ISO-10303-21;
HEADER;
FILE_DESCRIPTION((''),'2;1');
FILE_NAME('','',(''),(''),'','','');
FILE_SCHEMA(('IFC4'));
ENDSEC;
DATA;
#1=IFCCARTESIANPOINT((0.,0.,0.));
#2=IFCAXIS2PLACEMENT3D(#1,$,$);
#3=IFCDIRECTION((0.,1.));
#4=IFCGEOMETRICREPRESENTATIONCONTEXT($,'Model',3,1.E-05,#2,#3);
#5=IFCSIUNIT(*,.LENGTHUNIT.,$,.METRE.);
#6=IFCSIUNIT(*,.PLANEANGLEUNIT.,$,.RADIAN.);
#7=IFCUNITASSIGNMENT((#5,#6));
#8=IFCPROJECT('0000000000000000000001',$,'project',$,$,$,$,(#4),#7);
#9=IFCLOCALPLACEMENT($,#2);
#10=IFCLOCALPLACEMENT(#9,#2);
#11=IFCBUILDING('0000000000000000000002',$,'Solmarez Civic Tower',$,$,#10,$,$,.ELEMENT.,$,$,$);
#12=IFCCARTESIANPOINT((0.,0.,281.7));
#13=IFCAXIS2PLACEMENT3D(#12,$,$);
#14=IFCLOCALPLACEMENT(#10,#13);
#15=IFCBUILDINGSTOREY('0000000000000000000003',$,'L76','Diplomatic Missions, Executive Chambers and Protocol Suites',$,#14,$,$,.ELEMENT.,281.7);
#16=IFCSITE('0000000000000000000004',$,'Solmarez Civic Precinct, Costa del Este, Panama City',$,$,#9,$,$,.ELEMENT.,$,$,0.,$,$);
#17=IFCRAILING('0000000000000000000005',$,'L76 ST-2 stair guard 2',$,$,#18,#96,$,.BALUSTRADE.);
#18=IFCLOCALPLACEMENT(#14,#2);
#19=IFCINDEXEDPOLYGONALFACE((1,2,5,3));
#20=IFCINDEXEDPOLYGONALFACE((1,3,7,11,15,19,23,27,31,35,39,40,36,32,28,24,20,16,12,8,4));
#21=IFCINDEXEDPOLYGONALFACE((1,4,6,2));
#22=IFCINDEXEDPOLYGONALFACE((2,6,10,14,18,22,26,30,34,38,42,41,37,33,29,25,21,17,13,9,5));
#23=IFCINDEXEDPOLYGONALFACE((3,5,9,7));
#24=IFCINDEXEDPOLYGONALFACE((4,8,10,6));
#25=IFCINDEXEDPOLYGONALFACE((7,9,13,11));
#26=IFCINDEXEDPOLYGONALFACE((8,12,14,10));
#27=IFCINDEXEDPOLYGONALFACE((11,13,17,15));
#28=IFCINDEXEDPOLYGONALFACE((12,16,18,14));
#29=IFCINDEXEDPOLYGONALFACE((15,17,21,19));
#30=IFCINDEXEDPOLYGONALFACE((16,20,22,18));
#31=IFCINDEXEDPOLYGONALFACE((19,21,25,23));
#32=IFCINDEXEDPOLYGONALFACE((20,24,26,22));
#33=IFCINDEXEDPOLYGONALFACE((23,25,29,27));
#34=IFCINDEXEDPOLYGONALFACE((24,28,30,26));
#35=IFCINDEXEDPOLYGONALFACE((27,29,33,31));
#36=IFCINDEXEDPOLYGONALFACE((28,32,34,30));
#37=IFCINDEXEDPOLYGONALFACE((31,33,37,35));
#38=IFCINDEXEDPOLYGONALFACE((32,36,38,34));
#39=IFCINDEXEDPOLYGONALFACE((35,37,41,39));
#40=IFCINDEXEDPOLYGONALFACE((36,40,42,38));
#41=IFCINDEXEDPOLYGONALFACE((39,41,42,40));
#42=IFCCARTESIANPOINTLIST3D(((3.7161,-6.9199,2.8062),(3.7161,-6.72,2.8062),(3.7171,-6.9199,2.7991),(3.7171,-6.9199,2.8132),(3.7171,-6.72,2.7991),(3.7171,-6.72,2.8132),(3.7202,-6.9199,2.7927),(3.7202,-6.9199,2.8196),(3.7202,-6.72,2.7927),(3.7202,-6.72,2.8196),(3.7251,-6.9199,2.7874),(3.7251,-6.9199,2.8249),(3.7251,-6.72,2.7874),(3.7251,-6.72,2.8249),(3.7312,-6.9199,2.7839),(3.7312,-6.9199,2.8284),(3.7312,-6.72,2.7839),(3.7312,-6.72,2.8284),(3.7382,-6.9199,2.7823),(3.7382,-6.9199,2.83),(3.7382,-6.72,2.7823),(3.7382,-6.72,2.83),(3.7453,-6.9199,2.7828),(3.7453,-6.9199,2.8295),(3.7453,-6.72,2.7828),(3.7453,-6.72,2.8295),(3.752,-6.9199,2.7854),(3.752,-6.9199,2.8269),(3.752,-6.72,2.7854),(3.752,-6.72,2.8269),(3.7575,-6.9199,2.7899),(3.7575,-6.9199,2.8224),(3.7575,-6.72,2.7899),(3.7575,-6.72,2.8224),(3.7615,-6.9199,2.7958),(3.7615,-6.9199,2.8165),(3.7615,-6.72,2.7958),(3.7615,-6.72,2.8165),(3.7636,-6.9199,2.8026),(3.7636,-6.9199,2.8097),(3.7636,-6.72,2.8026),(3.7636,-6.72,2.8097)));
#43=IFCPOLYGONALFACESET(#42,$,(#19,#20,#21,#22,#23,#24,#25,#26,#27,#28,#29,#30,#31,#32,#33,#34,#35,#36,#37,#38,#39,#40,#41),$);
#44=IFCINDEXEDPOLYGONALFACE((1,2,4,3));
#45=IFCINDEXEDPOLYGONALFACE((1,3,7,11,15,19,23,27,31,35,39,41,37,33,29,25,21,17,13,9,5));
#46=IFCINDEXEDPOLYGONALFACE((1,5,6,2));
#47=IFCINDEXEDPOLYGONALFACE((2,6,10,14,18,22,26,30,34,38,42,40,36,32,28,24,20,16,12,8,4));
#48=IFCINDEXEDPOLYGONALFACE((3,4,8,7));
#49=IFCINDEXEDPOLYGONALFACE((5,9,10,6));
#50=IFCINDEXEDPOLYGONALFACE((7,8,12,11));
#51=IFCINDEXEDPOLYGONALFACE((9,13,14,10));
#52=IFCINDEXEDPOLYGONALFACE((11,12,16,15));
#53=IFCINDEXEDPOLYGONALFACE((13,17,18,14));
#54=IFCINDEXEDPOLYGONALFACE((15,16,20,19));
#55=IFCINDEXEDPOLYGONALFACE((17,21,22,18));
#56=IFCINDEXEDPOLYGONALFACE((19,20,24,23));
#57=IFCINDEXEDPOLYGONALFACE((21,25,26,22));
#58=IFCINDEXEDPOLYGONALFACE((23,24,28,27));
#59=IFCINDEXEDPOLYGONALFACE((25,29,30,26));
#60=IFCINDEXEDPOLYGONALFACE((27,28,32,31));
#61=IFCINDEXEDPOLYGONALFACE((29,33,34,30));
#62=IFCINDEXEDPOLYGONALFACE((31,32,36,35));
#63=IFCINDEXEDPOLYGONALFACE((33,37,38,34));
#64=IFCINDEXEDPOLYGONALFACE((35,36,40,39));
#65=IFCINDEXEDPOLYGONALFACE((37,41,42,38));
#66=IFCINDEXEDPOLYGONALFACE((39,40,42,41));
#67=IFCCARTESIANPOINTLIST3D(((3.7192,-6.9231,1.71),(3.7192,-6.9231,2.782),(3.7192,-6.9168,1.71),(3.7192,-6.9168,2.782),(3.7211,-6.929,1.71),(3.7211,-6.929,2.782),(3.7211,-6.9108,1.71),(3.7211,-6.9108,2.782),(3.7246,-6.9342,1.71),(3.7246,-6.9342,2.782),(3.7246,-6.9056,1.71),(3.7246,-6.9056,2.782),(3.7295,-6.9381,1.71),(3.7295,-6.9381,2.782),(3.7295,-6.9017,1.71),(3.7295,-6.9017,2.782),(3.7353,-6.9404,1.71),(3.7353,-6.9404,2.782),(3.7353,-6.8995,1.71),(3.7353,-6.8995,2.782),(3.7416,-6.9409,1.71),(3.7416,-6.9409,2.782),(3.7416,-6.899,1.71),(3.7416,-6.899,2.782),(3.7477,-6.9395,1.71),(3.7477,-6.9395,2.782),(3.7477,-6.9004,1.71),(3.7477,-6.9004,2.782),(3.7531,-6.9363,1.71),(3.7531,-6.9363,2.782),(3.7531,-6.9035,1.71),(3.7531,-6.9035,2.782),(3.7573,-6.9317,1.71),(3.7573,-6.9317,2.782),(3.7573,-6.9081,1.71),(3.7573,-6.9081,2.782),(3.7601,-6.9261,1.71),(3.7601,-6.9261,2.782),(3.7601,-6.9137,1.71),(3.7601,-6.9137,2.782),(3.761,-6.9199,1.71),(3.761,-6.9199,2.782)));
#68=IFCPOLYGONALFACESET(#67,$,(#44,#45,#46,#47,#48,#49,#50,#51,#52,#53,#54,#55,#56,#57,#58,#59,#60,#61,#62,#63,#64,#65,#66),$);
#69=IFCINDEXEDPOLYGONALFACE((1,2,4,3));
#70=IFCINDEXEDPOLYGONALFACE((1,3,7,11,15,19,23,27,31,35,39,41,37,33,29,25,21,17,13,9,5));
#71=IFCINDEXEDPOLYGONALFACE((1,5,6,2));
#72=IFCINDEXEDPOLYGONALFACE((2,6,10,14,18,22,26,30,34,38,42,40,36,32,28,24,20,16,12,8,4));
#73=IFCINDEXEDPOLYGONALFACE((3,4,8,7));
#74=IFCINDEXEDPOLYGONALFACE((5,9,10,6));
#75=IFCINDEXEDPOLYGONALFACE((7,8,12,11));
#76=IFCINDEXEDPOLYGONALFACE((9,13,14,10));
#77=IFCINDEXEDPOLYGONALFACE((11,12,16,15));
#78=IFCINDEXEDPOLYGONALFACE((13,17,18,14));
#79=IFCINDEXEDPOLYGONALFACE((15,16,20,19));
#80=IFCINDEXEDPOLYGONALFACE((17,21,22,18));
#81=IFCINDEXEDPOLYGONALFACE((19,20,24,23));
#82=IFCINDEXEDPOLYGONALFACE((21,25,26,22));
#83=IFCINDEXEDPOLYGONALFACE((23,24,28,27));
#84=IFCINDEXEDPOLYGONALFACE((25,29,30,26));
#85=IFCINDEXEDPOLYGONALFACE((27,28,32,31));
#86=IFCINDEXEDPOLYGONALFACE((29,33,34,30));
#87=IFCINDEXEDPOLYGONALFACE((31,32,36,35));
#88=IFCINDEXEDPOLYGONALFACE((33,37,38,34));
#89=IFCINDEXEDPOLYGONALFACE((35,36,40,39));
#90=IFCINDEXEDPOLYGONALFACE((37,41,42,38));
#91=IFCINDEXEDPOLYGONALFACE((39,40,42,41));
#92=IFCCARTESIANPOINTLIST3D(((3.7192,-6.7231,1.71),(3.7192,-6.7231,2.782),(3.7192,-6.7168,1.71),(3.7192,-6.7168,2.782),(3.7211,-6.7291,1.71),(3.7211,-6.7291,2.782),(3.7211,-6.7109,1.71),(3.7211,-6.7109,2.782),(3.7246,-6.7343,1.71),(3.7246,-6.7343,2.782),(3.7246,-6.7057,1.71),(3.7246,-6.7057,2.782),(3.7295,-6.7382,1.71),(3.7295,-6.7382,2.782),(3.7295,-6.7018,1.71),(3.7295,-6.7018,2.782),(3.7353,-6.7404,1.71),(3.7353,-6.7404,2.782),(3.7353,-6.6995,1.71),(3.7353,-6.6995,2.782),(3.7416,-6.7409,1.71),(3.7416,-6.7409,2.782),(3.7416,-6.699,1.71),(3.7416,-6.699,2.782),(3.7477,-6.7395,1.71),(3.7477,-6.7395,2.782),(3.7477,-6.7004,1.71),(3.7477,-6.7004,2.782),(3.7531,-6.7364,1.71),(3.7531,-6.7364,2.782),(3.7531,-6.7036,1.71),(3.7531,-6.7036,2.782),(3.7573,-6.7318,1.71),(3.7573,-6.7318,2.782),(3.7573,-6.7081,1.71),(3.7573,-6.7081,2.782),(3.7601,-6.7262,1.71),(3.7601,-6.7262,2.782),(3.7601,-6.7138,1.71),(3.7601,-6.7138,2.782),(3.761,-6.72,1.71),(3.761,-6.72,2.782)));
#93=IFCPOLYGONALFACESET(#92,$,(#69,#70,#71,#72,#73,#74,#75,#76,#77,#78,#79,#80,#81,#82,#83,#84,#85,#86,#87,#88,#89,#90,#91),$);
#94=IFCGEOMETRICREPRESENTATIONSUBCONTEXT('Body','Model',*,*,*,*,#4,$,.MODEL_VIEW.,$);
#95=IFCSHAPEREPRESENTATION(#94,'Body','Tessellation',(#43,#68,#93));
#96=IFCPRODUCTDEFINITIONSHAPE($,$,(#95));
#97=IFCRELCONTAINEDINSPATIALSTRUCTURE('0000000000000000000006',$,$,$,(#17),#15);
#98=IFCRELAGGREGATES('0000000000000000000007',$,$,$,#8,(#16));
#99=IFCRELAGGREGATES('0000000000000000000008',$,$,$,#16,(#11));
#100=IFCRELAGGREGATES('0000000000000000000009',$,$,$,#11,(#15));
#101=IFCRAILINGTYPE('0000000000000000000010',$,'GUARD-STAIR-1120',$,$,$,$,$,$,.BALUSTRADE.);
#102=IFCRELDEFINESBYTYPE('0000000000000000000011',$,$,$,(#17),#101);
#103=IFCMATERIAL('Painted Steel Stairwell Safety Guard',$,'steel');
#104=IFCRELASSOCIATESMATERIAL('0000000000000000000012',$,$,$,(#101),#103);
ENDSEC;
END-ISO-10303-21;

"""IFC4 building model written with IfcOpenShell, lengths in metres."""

from ifc_helpers import new_model, si_unit, direction, frame, origin, origin_2d, place, context, subcontext, project, spatial, circle, extrude, material, type_object, element, save


model = new_model("IFC4")

# Units and contexts
model_context = context("Model", 3, precision=1e-05, world=origin(), true_north=direction((0.0, 1.0)))
body_context = subcontext(model_context, "Body", "Model", "MODEL_VIEW")
ifc_project = project(units=[si_unit("LENGTHUNIT", "METRE"), si_unit("PLANEANGLEUNIT", "RADIAN")], contexts=[model_context])

# Site, building, storey
site_placement = place(None, origin())
site = spatial("IfcSite", under=ifc_project, at=site_placement, Name="Solmarez Civic Precinct, Costa del Este, Panama City", CompositionType="ELEMENT", RefElevation=0.0)
building_placement = place(site_placement, origin())
building = spatial("IfcBuilding", under=site, at=building_placement, Name="Solmarez Civic Tower", CompositionType="ELEMENT")
storey_placement = place(building_placement, frame((0.0, 0.0, 281.7)))
storey = spatial("IfcBuildingStorey", under=building, at=storey_placement, Name="L76", Description="Diplomatic Missions, Executive Chambers and Protocol Suites", CompositionType="ELEMENT", Elevation=281.7)

# Railing
ifc_material_1 = material(Name="Painted Steel Stairwell Safety Guard", Category="steel")
railing_type_1 = type_object("IfcRailingType", Name="GUARD-STAIR-1120", PredefinedType="BALUSTRADE", material=ifc_material_1)
railing_1_placement = place(storey_placement, frame((3.74, -6.9199, 1.71)))
element("IfcRailing", 1, at=railing_1_placement, inside=storey, type_object=railing_type_1, Name="L76 ST-2 stair guard 2", PredefinedType="BALUSTRADE", context=body_context, shape_type="SweptSolid", body=[
    extrude(circle(Radius=0.0239, at=origin_2d()), frame((0.0, 0.0, 1.0962), z_axis=(0.0, 1.0, 0.0), x_axis=(-1.0, 0.0, 0.0)), (0.0, 0.0, 1.0), 0.2),
    extrude(circle(Radius=0.021, at=origin_2d()), origin(), (0.0, 0.0, 1.0), 1.072),
    extrude(circle(Radius=0.021, at=origin_2d()), frame((0.0, 0.2, 0.0)), (0.0, 0.0, 1.0), 1.072),
])

save(model, "model.ifc")
